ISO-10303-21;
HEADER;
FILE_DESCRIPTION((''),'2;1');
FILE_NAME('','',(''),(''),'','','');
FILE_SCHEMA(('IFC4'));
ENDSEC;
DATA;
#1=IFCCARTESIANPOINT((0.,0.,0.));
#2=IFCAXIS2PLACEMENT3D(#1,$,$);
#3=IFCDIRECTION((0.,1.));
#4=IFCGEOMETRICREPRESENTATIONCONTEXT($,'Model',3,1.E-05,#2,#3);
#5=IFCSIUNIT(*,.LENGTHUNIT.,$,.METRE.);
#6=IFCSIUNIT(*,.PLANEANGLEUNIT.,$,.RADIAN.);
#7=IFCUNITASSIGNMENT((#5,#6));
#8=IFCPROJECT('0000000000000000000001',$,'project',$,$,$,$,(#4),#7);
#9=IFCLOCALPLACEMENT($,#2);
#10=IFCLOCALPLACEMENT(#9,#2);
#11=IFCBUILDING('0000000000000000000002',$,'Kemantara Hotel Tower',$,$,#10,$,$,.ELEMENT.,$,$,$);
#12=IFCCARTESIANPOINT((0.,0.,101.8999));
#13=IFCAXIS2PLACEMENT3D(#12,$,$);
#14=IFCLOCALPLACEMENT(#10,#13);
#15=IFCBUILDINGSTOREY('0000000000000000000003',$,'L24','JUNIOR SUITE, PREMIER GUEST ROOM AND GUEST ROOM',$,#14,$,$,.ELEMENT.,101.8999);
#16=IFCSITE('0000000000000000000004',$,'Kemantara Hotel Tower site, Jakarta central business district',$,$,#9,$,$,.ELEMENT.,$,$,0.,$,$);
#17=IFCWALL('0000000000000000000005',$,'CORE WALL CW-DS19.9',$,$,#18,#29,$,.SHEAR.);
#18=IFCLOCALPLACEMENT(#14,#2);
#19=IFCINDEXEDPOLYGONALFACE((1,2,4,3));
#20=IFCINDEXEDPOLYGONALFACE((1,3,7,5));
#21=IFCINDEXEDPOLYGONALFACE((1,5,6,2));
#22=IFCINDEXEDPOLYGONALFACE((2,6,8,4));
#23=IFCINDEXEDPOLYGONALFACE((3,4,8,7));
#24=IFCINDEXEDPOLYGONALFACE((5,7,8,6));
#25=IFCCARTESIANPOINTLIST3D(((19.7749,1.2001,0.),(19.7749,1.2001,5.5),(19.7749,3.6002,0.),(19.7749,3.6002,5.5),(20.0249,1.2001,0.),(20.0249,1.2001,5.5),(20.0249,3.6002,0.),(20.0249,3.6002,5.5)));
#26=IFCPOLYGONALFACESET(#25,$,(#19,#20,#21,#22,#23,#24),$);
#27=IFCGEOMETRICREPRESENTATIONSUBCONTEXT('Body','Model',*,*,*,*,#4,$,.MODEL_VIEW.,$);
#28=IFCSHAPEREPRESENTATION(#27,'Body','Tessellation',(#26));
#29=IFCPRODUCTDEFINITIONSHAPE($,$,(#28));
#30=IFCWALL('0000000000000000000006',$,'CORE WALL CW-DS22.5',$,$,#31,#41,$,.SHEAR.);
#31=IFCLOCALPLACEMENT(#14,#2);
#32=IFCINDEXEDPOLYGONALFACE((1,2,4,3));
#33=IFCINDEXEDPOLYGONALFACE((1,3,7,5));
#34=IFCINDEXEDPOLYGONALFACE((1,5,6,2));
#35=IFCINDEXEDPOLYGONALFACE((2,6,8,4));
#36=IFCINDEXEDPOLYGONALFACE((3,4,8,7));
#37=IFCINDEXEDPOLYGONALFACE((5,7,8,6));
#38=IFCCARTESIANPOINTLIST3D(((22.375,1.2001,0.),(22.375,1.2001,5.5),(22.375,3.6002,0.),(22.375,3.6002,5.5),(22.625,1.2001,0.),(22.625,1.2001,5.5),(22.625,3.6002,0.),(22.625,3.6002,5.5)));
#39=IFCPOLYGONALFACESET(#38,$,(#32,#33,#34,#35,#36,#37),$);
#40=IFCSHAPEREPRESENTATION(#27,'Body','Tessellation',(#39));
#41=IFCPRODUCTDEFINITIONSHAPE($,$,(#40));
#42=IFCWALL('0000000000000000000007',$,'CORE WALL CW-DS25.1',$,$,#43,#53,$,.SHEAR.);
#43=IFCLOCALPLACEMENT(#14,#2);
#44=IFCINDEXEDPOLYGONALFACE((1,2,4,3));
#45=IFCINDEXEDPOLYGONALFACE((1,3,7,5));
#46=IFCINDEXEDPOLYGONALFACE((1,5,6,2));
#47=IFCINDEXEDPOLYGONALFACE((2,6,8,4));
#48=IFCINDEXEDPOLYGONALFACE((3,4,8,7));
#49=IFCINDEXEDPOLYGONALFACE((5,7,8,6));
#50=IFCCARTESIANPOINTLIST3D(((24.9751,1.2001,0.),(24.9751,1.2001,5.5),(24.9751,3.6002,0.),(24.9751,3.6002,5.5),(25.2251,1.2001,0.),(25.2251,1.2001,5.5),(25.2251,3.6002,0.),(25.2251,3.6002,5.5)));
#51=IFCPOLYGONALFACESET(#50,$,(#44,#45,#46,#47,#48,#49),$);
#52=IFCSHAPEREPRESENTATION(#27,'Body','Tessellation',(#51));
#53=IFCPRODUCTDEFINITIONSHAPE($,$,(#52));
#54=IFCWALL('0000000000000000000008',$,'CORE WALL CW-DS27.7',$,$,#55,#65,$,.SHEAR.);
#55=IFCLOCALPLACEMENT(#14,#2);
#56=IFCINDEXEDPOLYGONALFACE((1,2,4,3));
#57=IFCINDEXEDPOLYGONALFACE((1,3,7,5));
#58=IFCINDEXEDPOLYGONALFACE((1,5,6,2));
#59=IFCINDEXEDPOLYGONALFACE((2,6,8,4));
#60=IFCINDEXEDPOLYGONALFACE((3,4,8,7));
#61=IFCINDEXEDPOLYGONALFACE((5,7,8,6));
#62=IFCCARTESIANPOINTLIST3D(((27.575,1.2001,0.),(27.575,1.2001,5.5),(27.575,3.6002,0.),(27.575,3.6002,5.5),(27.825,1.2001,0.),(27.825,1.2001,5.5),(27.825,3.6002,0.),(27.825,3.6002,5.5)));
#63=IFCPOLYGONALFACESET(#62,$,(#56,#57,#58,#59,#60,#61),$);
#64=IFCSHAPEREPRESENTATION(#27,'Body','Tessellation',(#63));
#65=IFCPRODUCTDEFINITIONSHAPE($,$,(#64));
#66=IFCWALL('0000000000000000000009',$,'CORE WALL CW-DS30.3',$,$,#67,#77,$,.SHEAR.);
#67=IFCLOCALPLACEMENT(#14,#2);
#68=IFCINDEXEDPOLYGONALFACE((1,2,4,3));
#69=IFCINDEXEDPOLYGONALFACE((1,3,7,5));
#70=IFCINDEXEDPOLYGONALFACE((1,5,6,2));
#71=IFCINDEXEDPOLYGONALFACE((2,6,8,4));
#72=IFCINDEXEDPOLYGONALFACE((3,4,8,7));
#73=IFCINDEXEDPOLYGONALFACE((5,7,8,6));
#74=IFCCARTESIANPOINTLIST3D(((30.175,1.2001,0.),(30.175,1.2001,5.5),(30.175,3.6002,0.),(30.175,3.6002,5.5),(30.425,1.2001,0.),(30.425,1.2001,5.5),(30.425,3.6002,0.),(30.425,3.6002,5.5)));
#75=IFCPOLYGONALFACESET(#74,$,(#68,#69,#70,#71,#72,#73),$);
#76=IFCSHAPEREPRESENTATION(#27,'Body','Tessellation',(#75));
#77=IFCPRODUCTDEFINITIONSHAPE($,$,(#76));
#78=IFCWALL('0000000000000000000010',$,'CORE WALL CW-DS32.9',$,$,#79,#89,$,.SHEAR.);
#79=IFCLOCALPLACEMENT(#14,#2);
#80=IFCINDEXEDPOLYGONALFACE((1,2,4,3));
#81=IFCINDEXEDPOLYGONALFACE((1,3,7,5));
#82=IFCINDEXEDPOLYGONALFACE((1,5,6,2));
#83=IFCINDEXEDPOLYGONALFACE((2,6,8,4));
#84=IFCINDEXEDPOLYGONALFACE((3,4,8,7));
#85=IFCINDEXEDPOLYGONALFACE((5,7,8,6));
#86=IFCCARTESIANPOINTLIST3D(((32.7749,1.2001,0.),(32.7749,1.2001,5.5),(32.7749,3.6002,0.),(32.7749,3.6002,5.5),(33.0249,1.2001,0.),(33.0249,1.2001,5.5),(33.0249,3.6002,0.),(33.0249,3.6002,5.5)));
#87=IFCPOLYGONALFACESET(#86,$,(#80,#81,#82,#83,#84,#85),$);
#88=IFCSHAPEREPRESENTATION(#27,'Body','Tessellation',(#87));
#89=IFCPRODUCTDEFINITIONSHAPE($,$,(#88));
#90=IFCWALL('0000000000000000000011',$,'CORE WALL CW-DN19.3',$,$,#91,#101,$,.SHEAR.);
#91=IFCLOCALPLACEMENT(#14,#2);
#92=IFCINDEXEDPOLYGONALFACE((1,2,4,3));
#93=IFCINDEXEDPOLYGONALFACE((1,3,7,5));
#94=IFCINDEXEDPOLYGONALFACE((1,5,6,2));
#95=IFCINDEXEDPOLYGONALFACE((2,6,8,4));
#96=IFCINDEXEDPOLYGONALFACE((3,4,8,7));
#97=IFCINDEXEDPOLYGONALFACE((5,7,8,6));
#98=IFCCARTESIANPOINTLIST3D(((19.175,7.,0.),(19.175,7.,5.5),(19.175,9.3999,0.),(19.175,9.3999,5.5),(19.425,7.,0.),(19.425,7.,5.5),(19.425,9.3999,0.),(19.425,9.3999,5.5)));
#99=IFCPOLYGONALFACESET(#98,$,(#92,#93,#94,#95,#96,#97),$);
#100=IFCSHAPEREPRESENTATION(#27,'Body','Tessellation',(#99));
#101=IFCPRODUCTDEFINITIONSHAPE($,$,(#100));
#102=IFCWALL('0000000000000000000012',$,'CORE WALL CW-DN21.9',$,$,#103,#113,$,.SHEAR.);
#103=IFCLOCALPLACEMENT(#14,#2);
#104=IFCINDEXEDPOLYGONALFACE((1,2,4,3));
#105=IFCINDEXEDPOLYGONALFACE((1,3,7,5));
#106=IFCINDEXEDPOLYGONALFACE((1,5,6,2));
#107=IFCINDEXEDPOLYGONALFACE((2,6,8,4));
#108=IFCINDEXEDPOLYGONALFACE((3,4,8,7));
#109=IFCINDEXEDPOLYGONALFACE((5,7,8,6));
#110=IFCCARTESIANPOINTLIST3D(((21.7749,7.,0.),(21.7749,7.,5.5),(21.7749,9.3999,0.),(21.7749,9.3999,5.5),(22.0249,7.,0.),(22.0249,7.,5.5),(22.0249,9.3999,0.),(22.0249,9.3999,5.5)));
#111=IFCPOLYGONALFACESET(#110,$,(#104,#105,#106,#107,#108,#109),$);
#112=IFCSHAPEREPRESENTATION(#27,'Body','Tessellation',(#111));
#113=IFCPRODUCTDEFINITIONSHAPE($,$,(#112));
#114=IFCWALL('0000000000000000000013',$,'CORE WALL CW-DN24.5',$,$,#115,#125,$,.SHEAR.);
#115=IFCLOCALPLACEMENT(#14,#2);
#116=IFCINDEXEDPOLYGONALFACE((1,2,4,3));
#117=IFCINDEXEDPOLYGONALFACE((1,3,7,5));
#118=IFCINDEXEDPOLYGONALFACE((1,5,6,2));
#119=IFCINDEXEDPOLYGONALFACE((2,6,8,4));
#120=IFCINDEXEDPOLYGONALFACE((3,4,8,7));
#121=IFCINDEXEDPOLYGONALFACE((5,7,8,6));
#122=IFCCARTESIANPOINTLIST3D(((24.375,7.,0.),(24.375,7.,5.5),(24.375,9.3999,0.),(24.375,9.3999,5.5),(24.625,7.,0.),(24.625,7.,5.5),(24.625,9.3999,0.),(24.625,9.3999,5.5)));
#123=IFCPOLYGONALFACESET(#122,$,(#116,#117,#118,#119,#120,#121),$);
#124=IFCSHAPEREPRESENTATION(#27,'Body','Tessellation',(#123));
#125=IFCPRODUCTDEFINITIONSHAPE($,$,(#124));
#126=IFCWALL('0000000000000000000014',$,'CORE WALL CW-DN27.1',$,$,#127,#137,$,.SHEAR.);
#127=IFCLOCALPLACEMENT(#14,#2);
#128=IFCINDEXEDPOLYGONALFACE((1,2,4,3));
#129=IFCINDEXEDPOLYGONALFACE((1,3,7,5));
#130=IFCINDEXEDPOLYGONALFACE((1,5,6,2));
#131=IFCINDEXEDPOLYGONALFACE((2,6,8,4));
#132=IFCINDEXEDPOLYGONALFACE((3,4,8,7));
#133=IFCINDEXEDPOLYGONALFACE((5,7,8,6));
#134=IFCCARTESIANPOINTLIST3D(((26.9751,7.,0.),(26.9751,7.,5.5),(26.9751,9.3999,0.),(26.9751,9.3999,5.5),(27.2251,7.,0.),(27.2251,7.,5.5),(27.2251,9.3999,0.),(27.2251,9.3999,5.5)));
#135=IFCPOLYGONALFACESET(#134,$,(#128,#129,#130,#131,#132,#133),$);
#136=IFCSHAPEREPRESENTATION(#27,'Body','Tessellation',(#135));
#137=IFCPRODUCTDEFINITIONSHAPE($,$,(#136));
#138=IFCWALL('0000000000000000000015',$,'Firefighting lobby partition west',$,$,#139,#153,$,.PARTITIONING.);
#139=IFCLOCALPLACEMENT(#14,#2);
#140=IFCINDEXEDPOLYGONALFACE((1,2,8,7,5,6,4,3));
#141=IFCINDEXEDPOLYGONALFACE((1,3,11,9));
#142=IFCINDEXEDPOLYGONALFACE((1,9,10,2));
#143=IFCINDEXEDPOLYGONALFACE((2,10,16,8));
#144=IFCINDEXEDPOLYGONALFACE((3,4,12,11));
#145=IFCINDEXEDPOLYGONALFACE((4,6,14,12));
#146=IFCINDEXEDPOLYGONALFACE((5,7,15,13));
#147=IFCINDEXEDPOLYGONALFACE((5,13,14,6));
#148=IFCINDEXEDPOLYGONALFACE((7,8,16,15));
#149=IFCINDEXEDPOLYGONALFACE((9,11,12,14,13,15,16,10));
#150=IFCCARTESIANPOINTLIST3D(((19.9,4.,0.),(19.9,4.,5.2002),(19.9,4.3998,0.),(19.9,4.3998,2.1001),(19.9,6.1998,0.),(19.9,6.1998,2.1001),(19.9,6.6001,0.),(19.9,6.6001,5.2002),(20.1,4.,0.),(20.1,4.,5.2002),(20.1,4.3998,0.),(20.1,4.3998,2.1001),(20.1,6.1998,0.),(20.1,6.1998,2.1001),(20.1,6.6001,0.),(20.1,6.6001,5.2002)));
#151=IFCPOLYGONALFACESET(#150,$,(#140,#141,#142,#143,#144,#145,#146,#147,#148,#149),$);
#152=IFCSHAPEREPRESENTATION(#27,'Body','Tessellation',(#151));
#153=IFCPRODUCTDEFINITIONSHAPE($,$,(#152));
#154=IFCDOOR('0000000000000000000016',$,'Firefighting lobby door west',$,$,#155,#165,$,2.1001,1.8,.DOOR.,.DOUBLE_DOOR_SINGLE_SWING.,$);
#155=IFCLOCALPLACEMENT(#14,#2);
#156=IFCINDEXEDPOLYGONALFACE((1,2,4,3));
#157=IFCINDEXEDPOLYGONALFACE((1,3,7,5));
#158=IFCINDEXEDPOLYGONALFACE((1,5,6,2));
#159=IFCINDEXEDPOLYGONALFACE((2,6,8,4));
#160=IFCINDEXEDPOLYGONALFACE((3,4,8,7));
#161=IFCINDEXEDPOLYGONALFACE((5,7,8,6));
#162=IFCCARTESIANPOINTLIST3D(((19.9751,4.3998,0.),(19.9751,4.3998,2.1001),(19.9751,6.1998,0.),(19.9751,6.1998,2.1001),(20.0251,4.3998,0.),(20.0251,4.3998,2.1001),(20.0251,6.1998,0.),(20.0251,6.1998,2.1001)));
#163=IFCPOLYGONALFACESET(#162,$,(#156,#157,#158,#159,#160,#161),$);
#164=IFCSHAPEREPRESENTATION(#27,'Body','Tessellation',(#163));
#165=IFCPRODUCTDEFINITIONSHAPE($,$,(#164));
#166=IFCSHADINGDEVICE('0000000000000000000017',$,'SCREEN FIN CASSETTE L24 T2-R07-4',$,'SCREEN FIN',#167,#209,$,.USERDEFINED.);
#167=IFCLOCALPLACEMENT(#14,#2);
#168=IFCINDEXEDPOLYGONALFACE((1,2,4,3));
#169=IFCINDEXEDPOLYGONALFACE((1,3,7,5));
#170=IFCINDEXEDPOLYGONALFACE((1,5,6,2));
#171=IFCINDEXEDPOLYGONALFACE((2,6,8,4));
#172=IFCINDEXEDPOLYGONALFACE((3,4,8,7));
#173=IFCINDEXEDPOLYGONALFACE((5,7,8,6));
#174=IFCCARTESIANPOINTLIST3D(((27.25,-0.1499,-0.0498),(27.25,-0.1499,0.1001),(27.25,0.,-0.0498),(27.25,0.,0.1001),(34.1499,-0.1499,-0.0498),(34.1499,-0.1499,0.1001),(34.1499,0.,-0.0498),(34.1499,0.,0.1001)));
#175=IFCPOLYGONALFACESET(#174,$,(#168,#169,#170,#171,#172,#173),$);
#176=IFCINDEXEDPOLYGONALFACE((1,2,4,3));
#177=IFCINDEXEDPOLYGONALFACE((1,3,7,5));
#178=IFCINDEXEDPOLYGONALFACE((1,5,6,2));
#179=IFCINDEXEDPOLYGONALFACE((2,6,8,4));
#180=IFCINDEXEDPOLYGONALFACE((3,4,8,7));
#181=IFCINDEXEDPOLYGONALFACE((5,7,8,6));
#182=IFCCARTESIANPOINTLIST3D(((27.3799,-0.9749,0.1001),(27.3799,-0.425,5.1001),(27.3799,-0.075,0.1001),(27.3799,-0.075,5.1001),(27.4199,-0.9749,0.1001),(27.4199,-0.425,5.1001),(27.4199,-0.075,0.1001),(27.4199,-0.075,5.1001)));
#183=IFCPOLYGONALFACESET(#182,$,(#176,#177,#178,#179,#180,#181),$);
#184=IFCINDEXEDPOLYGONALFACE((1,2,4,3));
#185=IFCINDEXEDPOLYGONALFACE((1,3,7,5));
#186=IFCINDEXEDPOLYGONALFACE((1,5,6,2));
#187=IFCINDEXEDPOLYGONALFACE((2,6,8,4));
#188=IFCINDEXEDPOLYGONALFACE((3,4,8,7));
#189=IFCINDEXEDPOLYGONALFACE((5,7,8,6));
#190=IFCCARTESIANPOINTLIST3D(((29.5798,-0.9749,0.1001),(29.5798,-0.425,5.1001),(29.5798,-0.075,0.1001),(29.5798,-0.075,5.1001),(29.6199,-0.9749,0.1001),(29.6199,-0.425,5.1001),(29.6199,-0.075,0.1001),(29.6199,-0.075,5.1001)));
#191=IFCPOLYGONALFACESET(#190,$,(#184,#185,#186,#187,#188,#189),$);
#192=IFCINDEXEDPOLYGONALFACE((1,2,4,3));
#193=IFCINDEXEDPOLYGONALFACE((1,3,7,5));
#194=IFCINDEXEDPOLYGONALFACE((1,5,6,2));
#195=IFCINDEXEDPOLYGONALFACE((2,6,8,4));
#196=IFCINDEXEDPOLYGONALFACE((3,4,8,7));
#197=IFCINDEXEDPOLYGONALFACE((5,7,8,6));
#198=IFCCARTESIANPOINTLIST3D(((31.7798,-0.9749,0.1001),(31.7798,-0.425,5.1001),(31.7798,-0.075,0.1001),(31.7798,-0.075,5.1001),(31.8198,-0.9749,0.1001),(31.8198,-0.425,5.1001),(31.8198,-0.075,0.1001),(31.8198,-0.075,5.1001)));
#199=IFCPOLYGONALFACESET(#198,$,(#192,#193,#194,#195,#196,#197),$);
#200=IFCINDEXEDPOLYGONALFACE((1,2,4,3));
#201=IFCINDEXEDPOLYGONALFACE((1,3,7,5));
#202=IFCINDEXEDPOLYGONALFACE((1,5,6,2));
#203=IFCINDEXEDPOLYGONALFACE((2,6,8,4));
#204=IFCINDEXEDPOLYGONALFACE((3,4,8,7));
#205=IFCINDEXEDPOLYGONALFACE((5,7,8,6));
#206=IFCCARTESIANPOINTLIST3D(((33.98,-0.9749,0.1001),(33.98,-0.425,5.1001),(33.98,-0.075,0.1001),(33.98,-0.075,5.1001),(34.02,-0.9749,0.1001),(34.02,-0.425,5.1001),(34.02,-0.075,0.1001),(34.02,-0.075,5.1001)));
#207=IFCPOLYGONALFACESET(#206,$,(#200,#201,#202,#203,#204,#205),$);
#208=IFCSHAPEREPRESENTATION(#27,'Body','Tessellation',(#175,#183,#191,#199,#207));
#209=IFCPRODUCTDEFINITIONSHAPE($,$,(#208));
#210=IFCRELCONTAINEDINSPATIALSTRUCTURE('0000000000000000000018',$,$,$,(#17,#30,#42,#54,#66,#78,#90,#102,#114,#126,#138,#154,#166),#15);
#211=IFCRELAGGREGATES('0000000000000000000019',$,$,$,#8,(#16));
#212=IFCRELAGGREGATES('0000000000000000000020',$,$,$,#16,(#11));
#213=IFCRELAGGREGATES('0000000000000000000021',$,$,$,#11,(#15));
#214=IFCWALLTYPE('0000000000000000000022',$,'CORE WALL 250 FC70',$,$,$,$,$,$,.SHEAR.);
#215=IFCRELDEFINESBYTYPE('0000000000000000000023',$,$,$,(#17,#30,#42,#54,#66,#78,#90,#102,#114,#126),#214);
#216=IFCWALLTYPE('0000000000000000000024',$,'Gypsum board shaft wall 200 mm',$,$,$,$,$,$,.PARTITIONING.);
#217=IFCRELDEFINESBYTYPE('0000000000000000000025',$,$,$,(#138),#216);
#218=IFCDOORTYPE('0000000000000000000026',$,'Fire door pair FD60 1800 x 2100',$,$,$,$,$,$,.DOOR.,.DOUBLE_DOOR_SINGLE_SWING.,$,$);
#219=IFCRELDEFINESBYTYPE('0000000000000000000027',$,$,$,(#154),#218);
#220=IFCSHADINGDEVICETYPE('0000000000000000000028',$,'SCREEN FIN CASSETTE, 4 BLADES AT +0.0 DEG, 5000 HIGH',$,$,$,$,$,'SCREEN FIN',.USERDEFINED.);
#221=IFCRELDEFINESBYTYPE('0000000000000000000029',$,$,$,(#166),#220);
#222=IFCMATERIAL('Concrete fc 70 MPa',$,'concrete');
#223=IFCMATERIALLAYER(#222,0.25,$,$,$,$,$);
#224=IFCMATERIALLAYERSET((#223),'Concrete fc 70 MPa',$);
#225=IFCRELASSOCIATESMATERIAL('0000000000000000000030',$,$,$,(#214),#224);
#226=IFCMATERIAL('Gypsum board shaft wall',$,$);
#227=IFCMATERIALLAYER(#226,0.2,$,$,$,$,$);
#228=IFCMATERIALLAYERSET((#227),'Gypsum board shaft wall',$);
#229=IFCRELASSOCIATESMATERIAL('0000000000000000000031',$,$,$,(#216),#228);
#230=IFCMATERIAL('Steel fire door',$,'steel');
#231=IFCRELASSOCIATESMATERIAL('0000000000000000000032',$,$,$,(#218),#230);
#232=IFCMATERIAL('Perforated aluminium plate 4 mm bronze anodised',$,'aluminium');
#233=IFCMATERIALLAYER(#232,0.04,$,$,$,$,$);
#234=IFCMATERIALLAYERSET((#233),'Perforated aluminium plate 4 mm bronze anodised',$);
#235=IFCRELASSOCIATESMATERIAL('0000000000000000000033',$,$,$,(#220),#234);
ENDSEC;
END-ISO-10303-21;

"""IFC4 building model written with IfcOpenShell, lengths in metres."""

from ifc_helpers import new_model, si_unit, direction, frame, frame_2d, origin, origin_2d, place, context, subcontext, project, spatial, polyline, rectangle, outline, extrude, source, transform, mapped, material, layer, layer_set, type_object, element, fill, save


model = new_model("IFC4")

# Units and contexts
model_context = context("Model", 3, precision=1e-05, world=origin(), true_north=direction((0.0, 1.0)))
body_context = subcontext(model_context, "Body", "Model", "MODEL_VIEW")
ifc_project = project(units=[si_unit("LENGTHUNIT", "METRE"), si_unit("PLANEANGLEUNIT", "RADIAN")], contexts=[model_context])

# Site, building, storey
site_placement = place(None, origin())
site = spatial("IfcSite", under=ifc_project, at=site_placement, Name="Kemantara Hotel Tower site, Jakarta central business district", CompositionType="ELEMENT", RefElevation=0.0)
building_placement = place(site_placement, origin())
building = spatial("IfcBuilding", under=site, at=building_placement, Name="Kemantara Hotel Tower", CompositionType="ELEMENT")
storey_placement = place(building_placement, frame((0.0, 0.0, 101.8999)))
storey = spatial("IfcBuildingStorey", under=building, at=storey_placement, Name="L24", Description="JUNIOR SUITE, PREMIER GUEST ROOM AND GUEST ROOM", CompositionType="ELEMENT", Elevation=101.8999)

# Walls
ifc_material_1 = material(Name="Concrete fc 70 MPa", Category="concrete")
ifc_layer_1 = layer(ifc_material_1, 0.25)
ifc_layer_set_1 = layer_set([ifc_layer_1], Name="Concrete fc 70 MPa")
wall_type_1 = type_object("IfcWallType", Name="CORE WALL 250 FC70", PredefinedType="SHEAR", material=ifc_layer_set_1)
for number, where, z_axis, x_axis, name in (
    (1, (19.8999, 1.2, 0.0), (0.0, 0.0, 1.0), (0.0, 1.0, 0.0), "CORE WALL CW-DS19.9"),
    (2, (22.5, 1.2, 0.0), (0.0, 0.0, 1.0), (0.0, 1.0, 0.0), "CORE WALL CW-DS22.5"),
    (3, (25.1001, 1.2, 0.0), (0.0, 0.0, 1.0), (0.0, 1.0, 0.0), "CORE WALL CW-DS25.1"),
    (4, (27.7, 1.2, 0.0), (0.0, 0.0, 1.0), (0.0, 1.0, 0.0), "CORE WALL CW-DS27.7"),
    (5, (30.3, 1.2, 0.0), (0.0, 0.0, 1.0), (0.0, 1.0, 0.0), "CORE WALL CW-DS30.3"),
    (6, (32.8999, 1.2, 0.0), (0.0, 0.0, 1.0), (0.0, 1.0, 0.0), "CORE WALL CW-DS32.9"),
):
    element("IfcWall", number, at=place(storey_placement, frame(where, z_axis=z_axis, x_axis=x_axis)), inside=storey, type_object=wall_type_1, Name=name, PredefinedType="SHEAR", context=body_context, shape_type="SweptSolid", body=[
        extrude(rectangle(XDim=2.4001, YDim=0.25, at=frame_2d((1.2002, 0.0))), origin(), (0.0, 0.0, 1.0), 5.5),
    ])
for number, where, z_axis, x_axis, name in (
    (7, (19.3, 7.0, 0.0), (0.0, 0.0, 1.0), (0.0, 1.0, 0.0), "CORE WALL CW-DN19.3"),
    (8, (21.8999, 7.0, 0.0), (0.0, 0.0, 1.0), (0.0, 1.0, 0.0), "CORE WALL CW-DN21.9"),
    (9, (24.5, 7.0, 0.0), (0.0, 0.0, 1.0), (0.0, 1.0, 0.0), "CORE WALL CW-DN24.5"),
    (10, (27.1001, 7.0, 0.0), (0.0, 0.0, 1.0), (0.0, 1.0, 0.0), "CORE WALL CW-DN27.1"),
):
    element("IfcWall", number, at=place(storey_placement, frame(where, z_axis=z_axis, x_axis=x_axis)), inside=storey, type_object=wall_type_1, Name=name, PredefinedType="SHEAR", context=body_context, shape_type="SweptSolid", body=[
        extrude(rectangle(XDim=2.3999, YDim=0.25, at=frame_2d((1.2, 0.0))), origin(), (0.0, 0.0, 1.0), 5.5),
    ])

# Wall, opening, door
ifc_material_2 = material(Name="Gypsum board shaft wall")
ifc_layer_2 = layer(ifc_material_2, 0.2)
ifc_layer_set_2 = layer_set([ifc_layer_2], Name="Gypsum board shaft wall")
wall_type_2 = type_object("IfcWallType", Name="Gypsum board shaft wall 200 mm", PredefinedType="PARTITIONING", material=ifc_layer_set_2)
wall_placement = place(storey_placement, frame((20.0, 4.0, 0.0), z_axis=(0.0, 0.0, 1.0), x_axis=(0.0, 1.0, 0.0)))
wall = element("IfcWall", 11, at=wall_placement, inside=storey, type_object=wall_type_2, Name="Firefighting lobby partition west", PredefinedType="PARTITIONING", context=body_context, shape_type="SweptSolid", body=[
    extrude(rectangle(XDim=2.6001, YDim=0.2, at=frame_2d((1.3, 0.0))), origin(), (0.0, 0.0, 1.0), 5.2002),
])
opening_placement = place(wall_placement, frame((0.3999, 0.0, 0.0)))
opening = element("IfcOpeningElement", 12, at=opening_placement, cuts=wall, PredefinedType="OPENING", context=body_context, shape_type="SweptSolid", body=[
    extrude(rectangle(XDim=1.8, YDim=2.1001, at=frame_2d((0.8999, 1.05))), frame((0.0, 0.1099, 0.0), z_axis=(0.0, -1.0, 0.0), x_axis=(1.0, 0.0, 0.0)), (0.0, 0.0, 1.0), 0.22),
])
ifc_material_3 = material(Name="Steel fire door", Category="steel")
door_type = type_object("IfcDoorType", Name="Fire door pair FD60 1800 x 2100", OperationType="DOUBLE_DOOR_SINGLE_SWING", PredefinedType="DOOR", material=ifc_material_3)
door_placement = place(opening_placement, origin())
door = element("IfcDoor", 13, at=door_placement, inside=storey, type_object=door_type, Name="Firefighting lobby door west", OperationType="DOUBLE_DOOR_SINGLE_SWING", OverallHeight=2.1001, OverallWidth=1.8, PredefinedType="DOOR", context=body_context, shape_type="SweptSolid", body=[
    extrude(rectangle(XDim=1.8, YDim=2.1001, at=frame_2d((0.8999, 1.05))), frame((0.0, 0.0249, 0.0), z_axis=(0.0, -1.0, 0.0), x_axis=(1.0, 0.0, 0.0)), (0.0, 0.0, 1.0), 0.05),
])
fill(opening, door)

# Shading device
ifc_material_4 = material(Name="Perforated aluminium plate 4 mm bronze anodised", Category="aluminium")
ifc_layer_3 = layer(ifc_material_4, 0.04)
ifc_layer_set_3 = layer_set([ifc_layer_3], Name="Perforated aluminium plate 4 mm bronze anodised")
shading_device_type = type_object("IfcShadingDeviceType", Name="SCREEN FIN CASSETTE, 4 BLADES AT +0.0 DEG, 5000 HIGH", ElementType="SCREEN FIN", PredefinedType="USERDEFINED", material=ifc_layer_set_3)
shared_shape = source(origin(), body_context, "Body", "SweptSolid", [
    extrude(rectangle(XDim=6.8999, YDim=0.1499, at=origin_2d()), frame((3.3, -0.075, -0.1499), z_axis=(0.0, 0.0, 1.0), x_axis=(1.0, 0.0, 0.0)), (0.0, 0.0, 1.0), 0.1499),
    extrude(outline(polyline([(0.0, 0.0), (0.8999, 0.0), (0.3501, 5.0), (0.0, 5.0), (0.0, 0.0)])), frame((0.02, -0.075, 0.0), z_axis=(-1.0, 0.0, 0.0), x_axis=(0.0, -1.0, 0.0)), (0.0, 0.0, 1.0), 0.04),
    extrude(outline(polyline([(0.0, 0.0), (0.8999, 0.0), (0.3501, 5.0), (0.0, 5.0), (0.0, 0.0)])), frame((2.22, -0.075, 0.0), z_axis=(-1.0, 0.0, 0.0), x_axis=(0.0, -1.0, 0.0)), (0.0, 0.0, 1.0), 0.04),
    extrude(outline(polyline([(0.0, 0.0), (0.8999, 0.0), (0.3501, 5.0), (0.0, 5.0), (0.0, 0.0)])), frame((4.4199, -0.075, 0.0), z_axis=(-1.0, 0.0, 0.0), x_axis=(0.0, -1.0, 0.0)), (0.0, 0.0, 1.0), 0.04),
    extrude(outline(polyline([(0.0, 0.0), (0.8999, 0.0), (0.3501, 5.0), (0.0, 5.0), (0.0, 0.0)])), frame((6.6201, -0.075, 0.0), z_axis=(-1.0, 0.0, 0.0), x_axis=(0.0, -1.0, 0.0)), (0.0, 0.0, 1.0), 0.04),
])
shading_device_placement = place(storey_placement, frame((27.3999, 0.0, 0.1001), z_axis=(0.0, 0.0, 1.0), x_axis=(1.0, 0.0, 0.0)))
element("IfcShadingDevice", 14, at=shading_device_placement, inside=storey, type_object=shading_device_type, Name="SCREEN FIN CASSETTE L24 T2-R07-4", ObjectType="SCREEN FIN", PredefinedType="USERDEFINED", context=body_context, shape_type="MappedRepresentation", body=[
    mapped(shared_shape, transform((0.0, 0.0, 0.0))),
])

save(model, "model.ifc")
